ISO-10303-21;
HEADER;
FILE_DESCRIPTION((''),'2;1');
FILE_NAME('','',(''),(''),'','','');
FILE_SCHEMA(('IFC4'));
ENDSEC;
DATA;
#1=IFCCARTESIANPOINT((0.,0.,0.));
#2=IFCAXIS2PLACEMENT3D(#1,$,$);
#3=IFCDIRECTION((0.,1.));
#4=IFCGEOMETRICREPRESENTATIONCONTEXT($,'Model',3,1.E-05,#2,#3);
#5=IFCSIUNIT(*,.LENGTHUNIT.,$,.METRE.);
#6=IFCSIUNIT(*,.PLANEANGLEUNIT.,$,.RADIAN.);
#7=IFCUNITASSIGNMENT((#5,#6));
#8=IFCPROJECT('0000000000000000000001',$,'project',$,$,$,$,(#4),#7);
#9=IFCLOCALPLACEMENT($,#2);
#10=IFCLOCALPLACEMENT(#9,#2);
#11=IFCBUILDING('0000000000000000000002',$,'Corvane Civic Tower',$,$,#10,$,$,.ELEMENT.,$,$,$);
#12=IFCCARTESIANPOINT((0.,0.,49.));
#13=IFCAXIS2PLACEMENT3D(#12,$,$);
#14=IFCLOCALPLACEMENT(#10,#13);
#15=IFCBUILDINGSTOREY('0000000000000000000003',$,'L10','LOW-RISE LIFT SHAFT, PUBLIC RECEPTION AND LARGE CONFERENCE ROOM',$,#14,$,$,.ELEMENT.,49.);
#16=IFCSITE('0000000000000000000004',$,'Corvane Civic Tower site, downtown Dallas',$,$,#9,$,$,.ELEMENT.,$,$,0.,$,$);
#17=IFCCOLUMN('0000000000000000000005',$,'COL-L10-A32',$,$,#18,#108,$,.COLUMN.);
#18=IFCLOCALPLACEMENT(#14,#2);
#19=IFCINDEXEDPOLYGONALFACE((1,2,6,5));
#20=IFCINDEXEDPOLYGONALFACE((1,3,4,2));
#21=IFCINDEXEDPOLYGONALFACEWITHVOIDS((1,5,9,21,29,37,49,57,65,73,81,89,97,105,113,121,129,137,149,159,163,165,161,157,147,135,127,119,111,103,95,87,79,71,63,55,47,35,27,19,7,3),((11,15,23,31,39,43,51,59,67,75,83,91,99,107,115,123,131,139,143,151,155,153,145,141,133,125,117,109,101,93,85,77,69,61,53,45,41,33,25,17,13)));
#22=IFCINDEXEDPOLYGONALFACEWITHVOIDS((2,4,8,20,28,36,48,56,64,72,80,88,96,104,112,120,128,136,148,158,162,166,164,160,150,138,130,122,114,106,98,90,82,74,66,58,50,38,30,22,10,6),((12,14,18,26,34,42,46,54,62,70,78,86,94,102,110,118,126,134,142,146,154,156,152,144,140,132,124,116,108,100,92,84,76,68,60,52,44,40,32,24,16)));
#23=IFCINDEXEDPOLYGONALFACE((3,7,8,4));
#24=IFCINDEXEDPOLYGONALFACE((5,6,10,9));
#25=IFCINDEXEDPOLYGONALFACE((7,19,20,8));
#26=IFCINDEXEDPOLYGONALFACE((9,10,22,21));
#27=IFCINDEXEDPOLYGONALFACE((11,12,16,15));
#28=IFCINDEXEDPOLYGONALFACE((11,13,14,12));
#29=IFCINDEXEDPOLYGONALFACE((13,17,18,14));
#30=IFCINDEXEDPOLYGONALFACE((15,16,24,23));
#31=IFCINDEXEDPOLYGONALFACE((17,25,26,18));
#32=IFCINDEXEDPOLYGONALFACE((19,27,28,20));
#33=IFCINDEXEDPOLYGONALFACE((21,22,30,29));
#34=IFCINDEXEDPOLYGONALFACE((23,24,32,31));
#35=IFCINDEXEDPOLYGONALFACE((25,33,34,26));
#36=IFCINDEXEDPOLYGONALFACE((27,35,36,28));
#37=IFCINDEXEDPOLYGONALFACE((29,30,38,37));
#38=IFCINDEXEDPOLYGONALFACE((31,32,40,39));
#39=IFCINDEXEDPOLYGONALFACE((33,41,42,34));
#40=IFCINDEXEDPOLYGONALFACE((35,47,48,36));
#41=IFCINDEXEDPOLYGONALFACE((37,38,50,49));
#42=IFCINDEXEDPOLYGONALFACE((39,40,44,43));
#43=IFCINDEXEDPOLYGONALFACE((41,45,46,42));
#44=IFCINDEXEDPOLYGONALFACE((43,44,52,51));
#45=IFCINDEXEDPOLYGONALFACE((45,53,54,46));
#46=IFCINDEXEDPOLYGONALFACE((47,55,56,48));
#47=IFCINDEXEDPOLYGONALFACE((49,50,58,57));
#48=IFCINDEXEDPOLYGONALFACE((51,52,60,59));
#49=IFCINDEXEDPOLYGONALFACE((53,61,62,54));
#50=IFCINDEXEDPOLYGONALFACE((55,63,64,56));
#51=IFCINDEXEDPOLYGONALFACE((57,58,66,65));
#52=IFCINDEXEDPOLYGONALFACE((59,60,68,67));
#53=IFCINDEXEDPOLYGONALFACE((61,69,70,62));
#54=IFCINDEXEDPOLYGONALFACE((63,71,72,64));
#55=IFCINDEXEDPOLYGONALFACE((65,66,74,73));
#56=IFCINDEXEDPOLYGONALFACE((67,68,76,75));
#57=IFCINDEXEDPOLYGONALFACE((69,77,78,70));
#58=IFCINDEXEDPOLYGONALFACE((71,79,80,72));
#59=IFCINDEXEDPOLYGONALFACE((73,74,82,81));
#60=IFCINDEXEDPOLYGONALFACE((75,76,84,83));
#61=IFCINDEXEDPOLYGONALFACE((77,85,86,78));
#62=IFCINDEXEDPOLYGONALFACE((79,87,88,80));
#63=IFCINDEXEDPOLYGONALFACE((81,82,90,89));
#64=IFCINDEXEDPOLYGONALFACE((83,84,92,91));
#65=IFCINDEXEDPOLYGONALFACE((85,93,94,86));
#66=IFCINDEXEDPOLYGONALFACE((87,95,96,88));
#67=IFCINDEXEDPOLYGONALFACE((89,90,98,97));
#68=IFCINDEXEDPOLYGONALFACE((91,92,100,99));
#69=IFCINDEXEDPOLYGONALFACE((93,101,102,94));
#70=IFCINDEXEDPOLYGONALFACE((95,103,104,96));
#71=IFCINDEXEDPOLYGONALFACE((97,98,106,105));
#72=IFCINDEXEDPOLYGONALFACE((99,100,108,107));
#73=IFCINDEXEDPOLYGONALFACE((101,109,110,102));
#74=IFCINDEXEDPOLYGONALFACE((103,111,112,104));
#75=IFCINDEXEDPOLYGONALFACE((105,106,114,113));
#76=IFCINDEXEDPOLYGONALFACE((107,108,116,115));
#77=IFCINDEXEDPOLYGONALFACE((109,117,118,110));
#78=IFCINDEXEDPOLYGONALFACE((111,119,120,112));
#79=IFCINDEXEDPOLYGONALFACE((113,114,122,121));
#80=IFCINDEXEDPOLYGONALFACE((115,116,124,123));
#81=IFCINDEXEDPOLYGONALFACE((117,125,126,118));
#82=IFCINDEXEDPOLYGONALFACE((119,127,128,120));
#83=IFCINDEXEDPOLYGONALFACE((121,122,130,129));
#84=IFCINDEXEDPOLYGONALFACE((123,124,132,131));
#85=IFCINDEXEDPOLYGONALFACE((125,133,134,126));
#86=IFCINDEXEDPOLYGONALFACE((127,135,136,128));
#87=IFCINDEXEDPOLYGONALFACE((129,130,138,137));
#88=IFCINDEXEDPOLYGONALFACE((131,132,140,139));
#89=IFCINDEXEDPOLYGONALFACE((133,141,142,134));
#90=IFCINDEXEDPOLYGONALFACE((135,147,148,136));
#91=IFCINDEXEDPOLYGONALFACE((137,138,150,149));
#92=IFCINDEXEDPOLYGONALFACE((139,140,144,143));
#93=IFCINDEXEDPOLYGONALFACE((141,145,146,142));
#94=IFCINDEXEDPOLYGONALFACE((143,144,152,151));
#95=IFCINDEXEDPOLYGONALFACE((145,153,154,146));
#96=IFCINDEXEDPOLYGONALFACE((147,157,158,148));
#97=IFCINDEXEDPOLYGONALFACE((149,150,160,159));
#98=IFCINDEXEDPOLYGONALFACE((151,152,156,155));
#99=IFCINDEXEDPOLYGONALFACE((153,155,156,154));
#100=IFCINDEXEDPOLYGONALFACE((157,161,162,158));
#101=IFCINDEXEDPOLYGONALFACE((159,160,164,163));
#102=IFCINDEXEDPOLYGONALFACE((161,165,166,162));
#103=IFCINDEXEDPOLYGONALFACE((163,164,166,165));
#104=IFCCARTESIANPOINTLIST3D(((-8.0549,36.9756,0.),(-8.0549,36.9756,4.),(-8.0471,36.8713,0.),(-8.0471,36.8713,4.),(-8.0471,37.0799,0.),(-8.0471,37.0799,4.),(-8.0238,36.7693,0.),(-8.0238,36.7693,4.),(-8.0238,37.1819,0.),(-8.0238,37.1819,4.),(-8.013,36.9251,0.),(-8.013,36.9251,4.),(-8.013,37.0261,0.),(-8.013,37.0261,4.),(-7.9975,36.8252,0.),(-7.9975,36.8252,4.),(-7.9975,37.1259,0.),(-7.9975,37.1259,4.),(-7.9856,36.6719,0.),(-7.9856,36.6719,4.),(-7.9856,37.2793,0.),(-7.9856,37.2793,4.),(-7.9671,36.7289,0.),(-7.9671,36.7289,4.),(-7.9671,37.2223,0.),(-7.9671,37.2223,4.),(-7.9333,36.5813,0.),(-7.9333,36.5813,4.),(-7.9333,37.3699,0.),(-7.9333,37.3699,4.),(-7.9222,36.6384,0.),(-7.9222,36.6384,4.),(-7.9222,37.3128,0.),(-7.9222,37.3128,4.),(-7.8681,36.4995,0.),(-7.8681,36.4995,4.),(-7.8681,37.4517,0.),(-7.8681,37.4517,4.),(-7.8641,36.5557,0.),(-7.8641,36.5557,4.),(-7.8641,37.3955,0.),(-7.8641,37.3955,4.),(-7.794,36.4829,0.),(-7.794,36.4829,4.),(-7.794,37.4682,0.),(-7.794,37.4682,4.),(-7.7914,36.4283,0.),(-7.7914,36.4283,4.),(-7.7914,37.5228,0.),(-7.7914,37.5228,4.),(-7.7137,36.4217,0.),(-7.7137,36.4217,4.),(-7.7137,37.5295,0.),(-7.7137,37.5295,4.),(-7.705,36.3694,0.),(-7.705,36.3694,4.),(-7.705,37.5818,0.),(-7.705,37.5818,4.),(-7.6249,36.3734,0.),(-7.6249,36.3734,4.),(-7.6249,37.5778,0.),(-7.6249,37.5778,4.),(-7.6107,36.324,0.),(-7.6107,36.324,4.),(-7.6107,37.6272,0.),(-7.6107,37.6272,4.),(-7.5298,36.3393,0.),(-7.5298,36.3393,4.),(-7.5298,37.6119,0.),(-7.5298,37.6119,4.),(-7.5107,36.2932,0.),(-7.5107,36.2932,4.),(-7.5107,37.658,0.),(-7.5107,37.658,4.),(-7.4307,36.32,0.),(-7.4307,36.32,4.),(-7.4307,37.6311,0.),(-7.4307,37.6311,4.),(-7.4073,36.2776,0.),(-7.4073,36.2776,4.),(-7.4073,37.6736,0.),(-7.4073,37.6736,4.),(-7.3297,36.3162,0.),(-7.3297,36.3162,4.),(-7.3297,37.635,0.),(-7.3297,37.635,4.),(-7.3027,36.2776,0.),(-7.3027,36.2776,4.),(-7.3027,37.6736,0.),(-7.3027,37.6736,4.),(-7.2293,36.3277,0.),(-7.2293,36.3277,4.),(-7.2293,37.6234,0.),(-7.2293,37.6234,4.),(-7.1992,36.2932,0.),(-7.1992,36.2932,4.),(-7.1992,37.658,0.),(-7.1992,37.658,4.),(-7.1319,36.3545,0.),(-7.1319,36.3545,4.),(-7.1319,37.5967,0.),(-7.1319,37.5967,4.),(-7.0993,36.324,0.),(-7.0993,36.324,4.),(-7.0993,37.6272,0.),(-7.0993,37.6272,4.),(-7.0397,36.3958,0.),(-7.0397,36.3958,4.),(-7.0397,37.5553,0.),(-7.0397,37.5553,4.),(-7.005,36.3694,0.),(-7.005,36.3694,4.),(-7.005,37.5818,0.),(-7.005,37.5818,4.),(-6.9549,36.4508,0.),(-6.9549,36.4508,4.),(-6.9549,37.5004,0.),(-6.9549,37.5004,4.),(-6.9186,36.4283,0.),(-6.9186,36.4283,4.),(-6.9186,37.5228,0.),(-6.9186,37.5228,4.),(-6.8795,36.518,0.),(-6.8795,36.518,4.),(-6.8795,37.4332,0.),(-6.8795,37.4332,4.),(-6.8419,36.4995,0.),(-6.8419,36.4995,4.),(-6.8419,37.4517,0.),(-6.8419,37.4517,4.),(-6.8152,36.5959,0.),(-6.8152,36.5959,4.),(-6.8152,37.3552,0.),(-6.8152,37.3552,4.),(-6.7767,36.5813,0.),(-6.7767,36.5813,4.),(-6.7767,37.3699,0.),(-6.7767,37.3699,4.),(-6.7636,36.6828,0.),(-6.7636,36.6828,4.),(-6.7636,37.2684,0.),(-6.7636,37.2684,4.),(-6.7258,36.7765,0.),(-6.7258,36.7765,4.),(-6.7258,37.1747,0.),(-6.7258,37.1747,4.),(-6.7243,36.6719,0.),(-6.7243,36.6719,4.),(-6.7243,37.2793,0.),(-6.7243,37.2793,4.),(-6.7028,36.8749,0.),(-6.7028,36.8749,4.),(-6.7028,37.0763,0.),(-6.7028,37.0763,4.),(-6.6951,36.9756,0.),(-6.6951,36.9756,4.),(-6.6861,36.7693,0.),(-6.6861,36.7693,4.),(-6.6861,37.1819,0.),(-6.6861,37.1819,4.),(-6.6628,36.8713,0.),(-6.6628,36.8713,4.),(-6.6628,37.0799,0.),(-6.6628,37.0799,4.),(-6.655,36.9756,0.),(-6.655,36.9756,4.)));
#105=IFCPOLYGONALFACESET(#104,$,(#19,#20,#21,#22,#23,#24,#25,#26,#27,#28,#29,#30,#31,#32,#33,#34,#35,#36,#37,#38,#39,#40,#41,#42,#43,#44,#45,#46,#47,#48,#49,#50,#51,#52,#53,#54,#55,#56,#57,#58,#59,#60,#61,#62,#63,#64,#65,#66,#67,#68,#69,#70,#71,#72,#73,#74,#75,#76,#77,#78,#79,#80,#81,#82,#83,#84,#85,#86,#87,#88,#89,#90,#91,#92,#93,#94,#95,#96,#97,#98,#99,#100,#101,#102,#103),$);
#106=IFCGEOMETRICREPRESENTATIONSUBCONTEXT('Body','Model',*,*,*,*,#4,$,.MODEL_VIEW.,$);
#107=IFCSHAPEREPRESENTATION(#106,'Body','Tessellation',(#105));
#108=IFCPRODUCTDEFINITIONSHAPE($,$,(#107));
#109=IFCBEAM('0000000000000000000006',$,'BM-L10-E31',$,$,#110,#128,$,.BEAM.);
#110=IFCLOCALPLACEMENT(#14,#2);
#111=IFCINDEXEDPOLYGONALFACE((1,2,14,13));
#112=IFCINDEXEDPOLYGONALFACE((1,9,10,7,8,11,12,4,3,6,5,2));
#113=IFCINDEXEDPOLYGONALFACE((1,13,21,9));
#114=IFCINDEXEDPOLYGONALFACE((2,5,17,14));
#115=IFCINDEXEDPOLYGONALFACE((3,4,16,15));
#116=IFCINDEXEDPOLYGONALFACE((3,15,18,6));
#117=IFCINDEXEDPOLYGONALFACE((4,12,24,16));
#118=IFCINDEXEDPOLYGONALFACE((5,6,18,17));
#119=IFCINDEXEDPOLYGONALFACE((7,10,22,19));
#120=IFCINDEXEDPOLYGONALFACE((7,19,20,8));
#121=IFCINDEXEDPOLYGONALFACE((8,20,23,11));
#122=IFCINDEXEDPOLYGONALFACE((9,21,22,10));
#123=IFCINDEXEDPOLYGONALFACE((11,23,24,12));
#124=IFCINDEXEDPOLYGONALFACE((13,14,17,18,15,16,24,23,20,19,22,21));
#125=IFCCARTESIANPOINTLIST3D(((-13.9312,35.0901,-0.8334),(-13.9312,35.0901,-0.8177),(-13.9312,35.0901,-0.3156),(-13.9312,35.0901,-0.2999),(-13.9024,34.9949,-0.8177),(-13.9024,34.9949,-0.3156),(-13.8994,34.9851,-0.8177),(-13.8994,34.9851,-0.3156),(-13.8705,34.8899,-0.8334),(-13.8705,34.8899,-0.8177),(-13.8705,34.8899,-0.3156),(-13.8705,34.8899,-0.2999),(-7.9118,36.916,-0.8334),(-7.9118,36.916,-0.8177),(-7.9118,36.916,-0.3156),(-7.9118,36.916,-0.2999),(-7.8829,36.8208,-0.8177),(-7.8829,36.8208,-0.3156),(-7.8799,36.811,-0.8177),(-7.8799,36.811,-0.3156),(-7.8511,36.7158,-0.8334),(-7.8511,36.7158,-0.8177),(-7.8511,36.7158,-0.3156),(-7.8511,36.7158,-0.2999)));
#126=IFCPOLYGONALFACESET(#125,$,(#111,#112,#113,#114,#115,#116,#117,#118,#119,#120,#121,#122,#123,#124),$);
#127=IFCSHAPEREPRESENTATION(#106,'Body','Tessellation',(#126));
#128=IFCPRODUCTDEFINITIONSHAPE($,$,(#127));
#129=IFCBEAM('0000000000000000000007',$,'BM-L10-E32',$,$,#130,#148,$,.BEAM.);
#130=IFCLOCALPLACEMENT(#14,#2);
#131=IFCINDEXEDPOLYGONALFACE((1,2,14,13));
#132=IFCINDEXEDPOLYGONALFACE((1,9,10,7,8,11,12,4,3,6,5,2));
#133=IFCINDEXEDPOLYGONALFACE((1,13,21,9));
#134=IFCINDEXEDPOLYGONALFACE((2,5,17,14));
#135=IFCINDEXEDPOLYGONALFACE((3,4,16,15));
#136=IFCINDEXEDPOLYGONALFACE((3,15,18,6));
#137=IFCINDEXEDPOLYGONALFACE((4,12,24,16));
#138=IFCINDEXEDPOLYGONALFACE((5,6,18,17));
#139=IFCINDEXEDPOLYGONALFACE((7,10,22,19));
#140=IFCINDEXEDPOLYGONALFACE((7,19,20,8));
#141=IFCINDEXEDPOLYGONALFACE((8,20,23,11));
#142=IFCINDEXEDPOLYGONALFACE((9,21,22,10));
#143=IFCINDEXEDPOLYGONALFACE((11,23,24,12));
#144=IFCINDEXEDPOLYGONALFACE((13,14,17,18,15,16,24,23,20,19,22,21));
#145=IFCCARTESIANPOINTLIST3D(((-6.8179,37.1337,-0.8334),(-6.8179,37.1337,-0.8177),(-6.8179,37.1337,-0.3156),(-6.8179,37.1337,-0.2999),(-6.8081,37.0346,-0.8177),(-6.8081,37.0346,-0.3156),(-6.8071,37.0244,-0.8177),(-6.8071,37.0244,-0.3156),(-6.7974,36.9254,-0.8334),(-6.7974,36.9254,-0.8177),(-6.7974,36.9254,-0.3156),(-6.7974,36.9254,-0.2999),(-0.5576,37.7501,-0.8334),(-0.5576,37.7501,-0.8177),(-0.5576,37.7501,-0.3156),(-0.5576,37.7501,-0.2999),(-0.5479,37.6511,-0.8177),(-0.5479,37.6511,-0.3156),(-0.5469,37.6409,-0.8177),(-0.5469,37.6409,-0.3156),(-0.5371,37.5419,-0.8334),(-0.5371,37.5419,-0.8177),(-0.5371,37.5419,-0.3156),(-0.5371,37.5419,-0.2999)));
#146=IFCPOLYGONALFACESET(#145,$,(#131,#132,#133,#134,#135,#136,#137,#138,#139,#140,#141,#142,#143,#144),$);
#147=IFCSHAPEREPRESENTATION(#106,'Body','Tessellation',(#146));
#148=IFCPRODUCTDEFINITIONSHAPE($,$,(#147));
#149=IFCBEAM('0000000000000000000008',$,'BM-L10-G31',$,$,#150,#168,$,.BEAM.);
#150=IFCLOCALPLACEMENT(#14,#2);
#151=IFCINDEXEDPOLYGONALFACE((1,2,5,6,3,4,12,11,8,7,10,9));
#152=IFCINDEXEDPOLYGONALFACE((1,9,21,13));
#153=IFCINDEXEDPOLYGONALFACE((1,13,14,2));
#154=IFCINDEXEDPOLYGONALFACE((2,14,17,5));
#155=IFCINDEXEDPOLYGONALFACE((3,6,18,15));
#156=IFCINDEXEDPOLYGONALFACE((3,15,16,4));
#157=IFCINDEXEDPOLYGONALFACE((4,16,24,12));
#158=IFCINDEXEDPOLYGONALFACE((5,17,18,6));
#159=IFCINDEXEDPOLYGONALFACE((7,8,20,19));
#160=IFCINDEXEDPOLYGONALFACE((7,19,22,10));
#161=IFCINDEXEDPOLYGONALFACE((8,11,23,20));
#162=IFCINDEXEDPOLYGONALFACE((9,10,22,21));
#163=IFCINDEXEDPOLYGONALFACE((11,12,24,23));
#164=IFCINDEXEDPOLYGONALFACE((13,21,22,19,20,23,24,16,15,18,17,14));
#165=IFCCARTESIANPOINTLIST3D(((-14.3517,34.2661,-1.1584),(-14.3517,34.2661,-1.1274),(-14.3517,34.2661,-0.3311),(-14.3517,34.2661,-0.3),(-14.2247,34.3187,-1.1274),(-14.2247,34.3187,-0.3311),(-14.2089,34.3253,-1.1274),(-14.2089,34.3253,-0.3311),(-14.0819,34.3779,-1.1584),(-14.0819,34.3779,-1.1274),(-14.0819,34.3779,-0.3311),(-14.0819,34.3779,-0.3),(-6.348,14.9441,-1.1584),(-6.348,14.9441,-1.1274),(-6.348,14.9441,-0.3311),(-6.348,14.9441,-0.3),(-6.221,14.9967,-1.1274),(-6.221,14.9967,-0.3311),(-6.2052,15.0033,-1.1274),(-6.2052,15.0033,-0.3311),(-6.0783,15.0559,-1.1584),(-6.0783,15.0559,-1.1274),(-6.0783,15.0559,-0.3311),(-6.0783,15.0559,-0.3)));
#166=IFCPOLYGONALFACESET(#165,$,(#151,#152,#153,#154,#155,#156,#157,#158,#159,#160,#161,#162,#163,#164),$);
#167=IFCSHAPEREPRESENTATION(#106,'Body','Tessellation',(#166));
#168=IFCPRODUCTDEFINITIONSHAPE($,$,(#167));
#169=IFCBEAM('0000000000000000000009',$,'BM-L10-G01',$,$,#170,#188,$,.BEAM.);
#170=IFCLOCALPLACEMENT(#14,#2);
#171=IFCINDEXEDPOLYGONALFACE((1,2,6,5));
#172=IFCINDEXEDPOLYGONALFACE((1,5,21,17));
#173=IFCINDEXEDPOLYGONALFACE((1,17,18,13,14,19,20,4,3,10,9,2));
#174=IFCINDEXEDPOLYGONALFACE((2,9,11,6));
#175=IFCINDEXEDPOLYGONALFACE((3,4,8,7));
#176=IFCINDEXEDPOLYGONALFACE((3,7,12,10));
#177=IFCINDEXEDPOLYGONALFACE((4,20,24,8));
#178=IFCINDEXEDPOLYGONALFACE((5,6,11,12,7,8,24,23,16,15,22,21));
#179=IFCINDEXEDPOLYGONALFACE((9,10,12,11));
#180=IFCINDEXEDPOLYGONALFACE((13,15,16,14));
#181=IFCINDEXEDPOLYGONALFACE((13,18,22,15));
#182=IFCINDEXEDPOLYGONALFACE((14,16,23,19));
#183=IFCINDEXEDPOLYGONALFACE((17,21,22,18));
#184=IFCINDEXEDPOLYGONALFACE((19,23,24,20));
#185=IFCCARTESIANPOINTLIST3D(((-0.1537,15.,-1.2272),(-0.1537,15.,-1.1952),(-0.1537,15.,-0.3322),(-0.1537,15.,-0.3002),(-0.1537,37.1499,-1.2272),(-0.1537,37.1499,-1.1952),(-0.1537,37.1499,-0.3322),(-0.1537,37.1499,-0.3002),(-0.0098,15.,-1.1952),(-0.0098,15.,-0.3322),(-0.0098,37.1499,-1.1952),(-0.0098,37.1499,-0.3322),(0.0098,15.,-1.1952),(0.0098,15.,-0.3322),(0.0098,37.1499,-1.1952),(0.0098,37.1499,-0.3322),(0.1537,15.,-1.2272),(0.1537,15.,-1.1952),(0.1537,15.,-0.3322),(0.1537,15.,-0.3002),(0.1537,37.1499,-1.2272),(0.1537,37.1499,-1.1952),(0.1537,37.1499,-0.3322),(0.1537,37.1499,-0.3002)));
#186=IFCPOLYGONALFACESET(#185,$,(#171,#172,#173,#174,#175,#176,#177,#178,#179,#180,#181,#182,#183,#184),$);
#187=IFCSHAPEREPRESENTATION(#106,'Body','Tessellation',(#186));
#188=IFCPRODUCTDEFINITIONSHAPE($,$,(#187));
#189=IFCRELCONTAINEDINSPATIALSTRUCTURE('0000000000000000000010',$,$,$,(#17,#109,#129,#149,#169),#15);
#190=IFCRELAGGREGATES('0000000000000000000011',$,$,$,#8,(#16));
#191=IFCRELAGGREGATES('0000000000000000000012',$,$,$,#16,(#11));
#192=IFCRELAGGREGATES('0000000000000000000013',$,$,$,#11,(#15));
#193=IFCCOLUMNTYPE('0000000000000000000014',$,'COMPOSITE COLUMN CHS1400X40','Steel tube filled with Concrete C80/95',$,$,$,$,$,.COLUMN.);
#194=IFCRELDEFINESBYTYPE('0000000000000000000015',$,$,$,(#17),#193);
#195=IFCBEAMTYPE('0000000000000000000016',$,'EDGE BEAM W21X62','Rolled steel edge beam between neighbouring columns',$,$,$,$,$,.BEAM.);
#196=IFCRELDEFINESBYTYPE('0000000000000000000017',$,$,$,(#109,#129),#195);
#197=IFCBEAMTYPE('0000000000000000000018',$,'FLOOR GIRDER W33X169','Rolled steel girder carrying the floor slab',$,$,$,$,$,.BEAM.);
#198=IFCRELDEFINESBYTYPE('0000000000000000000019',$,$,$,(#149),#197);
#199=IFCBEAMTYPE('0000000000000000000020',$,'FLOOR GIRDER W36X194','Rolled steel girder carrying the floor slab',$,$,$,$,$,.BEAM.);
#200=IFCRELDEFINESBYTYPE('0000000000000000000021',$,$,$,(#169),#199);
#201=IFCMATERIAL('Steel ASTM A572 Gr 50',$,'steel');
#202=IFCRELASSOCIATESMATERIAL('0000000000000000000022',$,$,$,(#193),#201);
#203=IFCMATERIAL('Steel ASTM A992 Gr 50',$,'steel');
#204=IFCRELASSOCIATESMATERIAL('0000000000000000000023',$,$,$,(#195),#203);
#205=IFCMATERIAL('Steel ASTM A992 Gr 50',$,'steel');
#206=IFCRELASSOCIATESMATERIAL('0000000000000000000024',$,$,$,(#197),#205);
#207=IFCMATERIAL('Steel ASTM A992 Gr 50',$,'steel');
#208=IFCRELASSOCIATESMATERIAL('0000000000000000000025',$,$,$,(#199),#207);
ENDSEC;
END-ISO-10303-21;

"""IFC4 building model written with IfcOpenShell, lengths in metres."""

from ifc_helpers import new_model, si_unit, direction, frame, origin, origin_2d, place, context, subcontext, project, spatial, hollow_circle, i_section, extrude, material, material_profile, profile_set, type_object, element, save


model = new_model("IFC4")

# Units and contexts
model_context = context("Model", 3, precision=1e-05, world=origin(), true_north=direction((0.0, 1.0)))
body_context = subcontext(model_context, "Body", "Model", "MODEL_VIEW")
ifc_project = project(units=[si_unit("LENGTHUNIT", "METRE"), si_unit("PLANEANGLEUNIT", "RADIAN")], contexts=[model_context])

# Site, building, storey
site_placement = place(None, origin())
site = spatial("IfcSite", under=ifc_project, at=site_placement, Name="Corvane Civic Tower site, downtown Dallas", CompositionType="ELEMENT", RefElevation=0.0)
building_placement = place(site_placement, origin())
building = spatial("IfcBuilding", under=site, at=building_placement, Name="Corvane Civic Tower", CompositionType="ELEMENT")
storey_placement = place(building_placement, frame((0.0, 0.0, 49.0)))
storey = spatial("IfcBuildingStorey", under=building, at=storey_placement, Name="L10", Description="LOW-RISE LIFT SHAFT, PUBLIC RECEPTION AND LARGE CONFERENCE ROOM", CompositionType="ELEMENT", Elevation=49.0)

# Column
ifc_material_1 = material(Name="Steel ASTM A572 Gr 50", Category="steel")
ifc_material_profile_1 = material_profile(ifc_material_1, hollow_circle(Radius=0.7, WallThickness=0.04, at=origin_2d()), Name="CHS1400X40")
ifc_profile_set_1 = profile_set([ifc_material_profile_1], Name="Steel ASTM A572 Gr 50")
column_type = type_object("IfcColumnType", Name="COMPOSITE COLUMN CHS1400X40", Description="Steel tube filled with Concrete C80/95", PredefinedType="COLUMN", material=ifc_profile_set_1)
for number, where, z_axis, x_axis, name in (
    (1, (-7.355, 36.9756, 0.0), (0.0, 0.0, 1.0), (1.0, 0.0, 0.0), "COL-L10-A32"),
):
    element("IfcColumn", number, at=place(storey_placement, frame(where, z_axis=z_axis, x_axis=x_axis)), inside=storey, type_object=column_type, Name=name, PredefinedType="COLUMN", context=body_context, shape_type="SweptSolid", body=[
        extrude(hollow_circle(Radius=0.7, WallThickness=0.04, at=origin_2d()), origin(), (0.0, 0.0, 1.0), 4.0),
    ])

# Beams
ifc_material_2 = material(Name="Steel ASTM A992 Gr 50", Category="steel")
ifc_material_profile_2 = material_profile(ifc_material_2, i_section(OverallWidth=0.2092, OverallDepth=0.5334, WebThickness=0.0103, FlangeThickness=0.0156, at=origin_2d()), Name="W21X62")
ifc_profile_set_2 = profile_set([ifc_material_profile_2], Name="Steel ASTM A992 Gr 50")
beam_type_1 = type_object("IfcBeamType", Name="EDGE BEAM W21X62", Description="Rolled steel edge beam between neighbouring columns", PredefinedType="BEAM", material=ifc_profile_set_2)
beam_1_placement = place(storey_placement, frame((-13.9009, 34.99, -0.5667), z_axis=(0.956944, 0.290273, 0.0), x_axis=(-0.290273, 0.956944, 0.0)))
element("IfcBeam", 2, at=beam_1_placement, inside=storey, type_object=beam_type_1, Name="BM-L10-E31", PredefinedType="BEAM", context=body_context, shape_type="SweptSolid", body=[
    extrude(i_section(OverallWidth=0.2092, OverallDepth=0.5334, WebThickness=0.0103, FlangeThickness=0.0156, at=origin_2d()), origin(), (0.0, 0.0, 1.0), 6.2903),
])
beam_2_placement = place(storey_placement, frame((-6.8076, 37.0295, -0.5667), z_axis=(0.995187, 0.097997, 0.0), x_axis=(-0.097997, 0.995187, 0.0)))
element("IfcBeam", 3, at=beam_2_placement, inside=storey, type_object=beam_type_1, Name="BM-L10-E32", PredefinedType="BEAM", context=body_context, shape_type="SweptSolid", body=[
    extrude(i_section(OverallWidth=0.2092, OverallDepth=0.5334, WebThickness=0.0103, FlangeThickness=0.0156, at=origin_2d()), origin(), (0.0, 0.0, 1.0), 6.2905),
])
ifc_material_3 = material(Name="Steel ASTM A992 Gr 50", Category="steel")
ifc_material_profile_3 = material_profile(ifc_material_3, i_section(OverallWidth=0.292, OverallDepth=0.8584, WebThickness=0.0171, FlangeThickness=0.031, at=origin_2d()), Name="W33X169")
ifc_profile_set_3 = profile_set([ifc_material_profile_3], Name="Steel ASTM A992 Gr 50")
beam_type_2 = type_object("IfcBeamType", Name="FLOOR GIRDER W33X169", Description="Rolled steel girder carrying the floor slab", PredefinedType="BEAM", material=ifc_profile_set_3)
beam_3_placement = place(storey_placement, frame((-6.2131, 15.0, -0.7292), z_axis=(-0.382692, 0.923876, 0.0), x_axis=(-0.923876, -0.382692, 0.0)))
element("IfcBeam", 4, at=beam_3_placement, inside=storey, type_object=beam_type_2, Name="BM-L10-G31", PredefinedType="BEAM", context=body_context, shape_type="SweptSolid", body=[
    extrude(i_section(OverallWidth=0.292, OverallDepth=0.8584, WebThickness=0.0171, FlangeThickness=0.031, at=origin_2d()), origin(), (0.0, 0.0, 1.0), 20.9141),
])
ifc_material_4 = material(Name="Steel ASTM A992 Gr 50", Category="steel")
ifc_material_profile_4 = material_profile(ifc_material_4, i_section(OverallWidth=0.3074, OverallDepth=0.927, WebThickness=0.0195, FlangeThickness=0.032, at=origin_2d()), Name="W36X194")
ifc_profile_set_4 = profile_set([ifc_material_profile_4], Name="Steel ASTM A992 Gr 50")
beam_type_3 = type_object("IfcBeamType", Name="FLOOR GIRDER W36X194", Description="Rolled steel girder carrying the floor slab", PredefinedType="BEAM", material=ifc_profile_set_4)
beam_4_placement = place(storey_placement, frame((0.0, 15.0, -0.7637), z_axis=(0.0, 1.0, 0.0), x_axis=(-1.0, 0.0, 0.0)))
element("IfcBeam", 5, at=beam_4_placement, inside=storey, type_object=beam_type_3, Name="BM-L10-G01", PredefinedType="BEAM", context=body_context, shape_type="SweptSolid", body=[
    extrude(i_section(OverallWidth=0.3074, OverallDepth=0.927, WebThickness=0.0195, FlangeThickness=0.032, at=origin_2d()), origin(), (0.0, 0.0, 1.0), 22.1499),
])

save(model, "model.ifc")
